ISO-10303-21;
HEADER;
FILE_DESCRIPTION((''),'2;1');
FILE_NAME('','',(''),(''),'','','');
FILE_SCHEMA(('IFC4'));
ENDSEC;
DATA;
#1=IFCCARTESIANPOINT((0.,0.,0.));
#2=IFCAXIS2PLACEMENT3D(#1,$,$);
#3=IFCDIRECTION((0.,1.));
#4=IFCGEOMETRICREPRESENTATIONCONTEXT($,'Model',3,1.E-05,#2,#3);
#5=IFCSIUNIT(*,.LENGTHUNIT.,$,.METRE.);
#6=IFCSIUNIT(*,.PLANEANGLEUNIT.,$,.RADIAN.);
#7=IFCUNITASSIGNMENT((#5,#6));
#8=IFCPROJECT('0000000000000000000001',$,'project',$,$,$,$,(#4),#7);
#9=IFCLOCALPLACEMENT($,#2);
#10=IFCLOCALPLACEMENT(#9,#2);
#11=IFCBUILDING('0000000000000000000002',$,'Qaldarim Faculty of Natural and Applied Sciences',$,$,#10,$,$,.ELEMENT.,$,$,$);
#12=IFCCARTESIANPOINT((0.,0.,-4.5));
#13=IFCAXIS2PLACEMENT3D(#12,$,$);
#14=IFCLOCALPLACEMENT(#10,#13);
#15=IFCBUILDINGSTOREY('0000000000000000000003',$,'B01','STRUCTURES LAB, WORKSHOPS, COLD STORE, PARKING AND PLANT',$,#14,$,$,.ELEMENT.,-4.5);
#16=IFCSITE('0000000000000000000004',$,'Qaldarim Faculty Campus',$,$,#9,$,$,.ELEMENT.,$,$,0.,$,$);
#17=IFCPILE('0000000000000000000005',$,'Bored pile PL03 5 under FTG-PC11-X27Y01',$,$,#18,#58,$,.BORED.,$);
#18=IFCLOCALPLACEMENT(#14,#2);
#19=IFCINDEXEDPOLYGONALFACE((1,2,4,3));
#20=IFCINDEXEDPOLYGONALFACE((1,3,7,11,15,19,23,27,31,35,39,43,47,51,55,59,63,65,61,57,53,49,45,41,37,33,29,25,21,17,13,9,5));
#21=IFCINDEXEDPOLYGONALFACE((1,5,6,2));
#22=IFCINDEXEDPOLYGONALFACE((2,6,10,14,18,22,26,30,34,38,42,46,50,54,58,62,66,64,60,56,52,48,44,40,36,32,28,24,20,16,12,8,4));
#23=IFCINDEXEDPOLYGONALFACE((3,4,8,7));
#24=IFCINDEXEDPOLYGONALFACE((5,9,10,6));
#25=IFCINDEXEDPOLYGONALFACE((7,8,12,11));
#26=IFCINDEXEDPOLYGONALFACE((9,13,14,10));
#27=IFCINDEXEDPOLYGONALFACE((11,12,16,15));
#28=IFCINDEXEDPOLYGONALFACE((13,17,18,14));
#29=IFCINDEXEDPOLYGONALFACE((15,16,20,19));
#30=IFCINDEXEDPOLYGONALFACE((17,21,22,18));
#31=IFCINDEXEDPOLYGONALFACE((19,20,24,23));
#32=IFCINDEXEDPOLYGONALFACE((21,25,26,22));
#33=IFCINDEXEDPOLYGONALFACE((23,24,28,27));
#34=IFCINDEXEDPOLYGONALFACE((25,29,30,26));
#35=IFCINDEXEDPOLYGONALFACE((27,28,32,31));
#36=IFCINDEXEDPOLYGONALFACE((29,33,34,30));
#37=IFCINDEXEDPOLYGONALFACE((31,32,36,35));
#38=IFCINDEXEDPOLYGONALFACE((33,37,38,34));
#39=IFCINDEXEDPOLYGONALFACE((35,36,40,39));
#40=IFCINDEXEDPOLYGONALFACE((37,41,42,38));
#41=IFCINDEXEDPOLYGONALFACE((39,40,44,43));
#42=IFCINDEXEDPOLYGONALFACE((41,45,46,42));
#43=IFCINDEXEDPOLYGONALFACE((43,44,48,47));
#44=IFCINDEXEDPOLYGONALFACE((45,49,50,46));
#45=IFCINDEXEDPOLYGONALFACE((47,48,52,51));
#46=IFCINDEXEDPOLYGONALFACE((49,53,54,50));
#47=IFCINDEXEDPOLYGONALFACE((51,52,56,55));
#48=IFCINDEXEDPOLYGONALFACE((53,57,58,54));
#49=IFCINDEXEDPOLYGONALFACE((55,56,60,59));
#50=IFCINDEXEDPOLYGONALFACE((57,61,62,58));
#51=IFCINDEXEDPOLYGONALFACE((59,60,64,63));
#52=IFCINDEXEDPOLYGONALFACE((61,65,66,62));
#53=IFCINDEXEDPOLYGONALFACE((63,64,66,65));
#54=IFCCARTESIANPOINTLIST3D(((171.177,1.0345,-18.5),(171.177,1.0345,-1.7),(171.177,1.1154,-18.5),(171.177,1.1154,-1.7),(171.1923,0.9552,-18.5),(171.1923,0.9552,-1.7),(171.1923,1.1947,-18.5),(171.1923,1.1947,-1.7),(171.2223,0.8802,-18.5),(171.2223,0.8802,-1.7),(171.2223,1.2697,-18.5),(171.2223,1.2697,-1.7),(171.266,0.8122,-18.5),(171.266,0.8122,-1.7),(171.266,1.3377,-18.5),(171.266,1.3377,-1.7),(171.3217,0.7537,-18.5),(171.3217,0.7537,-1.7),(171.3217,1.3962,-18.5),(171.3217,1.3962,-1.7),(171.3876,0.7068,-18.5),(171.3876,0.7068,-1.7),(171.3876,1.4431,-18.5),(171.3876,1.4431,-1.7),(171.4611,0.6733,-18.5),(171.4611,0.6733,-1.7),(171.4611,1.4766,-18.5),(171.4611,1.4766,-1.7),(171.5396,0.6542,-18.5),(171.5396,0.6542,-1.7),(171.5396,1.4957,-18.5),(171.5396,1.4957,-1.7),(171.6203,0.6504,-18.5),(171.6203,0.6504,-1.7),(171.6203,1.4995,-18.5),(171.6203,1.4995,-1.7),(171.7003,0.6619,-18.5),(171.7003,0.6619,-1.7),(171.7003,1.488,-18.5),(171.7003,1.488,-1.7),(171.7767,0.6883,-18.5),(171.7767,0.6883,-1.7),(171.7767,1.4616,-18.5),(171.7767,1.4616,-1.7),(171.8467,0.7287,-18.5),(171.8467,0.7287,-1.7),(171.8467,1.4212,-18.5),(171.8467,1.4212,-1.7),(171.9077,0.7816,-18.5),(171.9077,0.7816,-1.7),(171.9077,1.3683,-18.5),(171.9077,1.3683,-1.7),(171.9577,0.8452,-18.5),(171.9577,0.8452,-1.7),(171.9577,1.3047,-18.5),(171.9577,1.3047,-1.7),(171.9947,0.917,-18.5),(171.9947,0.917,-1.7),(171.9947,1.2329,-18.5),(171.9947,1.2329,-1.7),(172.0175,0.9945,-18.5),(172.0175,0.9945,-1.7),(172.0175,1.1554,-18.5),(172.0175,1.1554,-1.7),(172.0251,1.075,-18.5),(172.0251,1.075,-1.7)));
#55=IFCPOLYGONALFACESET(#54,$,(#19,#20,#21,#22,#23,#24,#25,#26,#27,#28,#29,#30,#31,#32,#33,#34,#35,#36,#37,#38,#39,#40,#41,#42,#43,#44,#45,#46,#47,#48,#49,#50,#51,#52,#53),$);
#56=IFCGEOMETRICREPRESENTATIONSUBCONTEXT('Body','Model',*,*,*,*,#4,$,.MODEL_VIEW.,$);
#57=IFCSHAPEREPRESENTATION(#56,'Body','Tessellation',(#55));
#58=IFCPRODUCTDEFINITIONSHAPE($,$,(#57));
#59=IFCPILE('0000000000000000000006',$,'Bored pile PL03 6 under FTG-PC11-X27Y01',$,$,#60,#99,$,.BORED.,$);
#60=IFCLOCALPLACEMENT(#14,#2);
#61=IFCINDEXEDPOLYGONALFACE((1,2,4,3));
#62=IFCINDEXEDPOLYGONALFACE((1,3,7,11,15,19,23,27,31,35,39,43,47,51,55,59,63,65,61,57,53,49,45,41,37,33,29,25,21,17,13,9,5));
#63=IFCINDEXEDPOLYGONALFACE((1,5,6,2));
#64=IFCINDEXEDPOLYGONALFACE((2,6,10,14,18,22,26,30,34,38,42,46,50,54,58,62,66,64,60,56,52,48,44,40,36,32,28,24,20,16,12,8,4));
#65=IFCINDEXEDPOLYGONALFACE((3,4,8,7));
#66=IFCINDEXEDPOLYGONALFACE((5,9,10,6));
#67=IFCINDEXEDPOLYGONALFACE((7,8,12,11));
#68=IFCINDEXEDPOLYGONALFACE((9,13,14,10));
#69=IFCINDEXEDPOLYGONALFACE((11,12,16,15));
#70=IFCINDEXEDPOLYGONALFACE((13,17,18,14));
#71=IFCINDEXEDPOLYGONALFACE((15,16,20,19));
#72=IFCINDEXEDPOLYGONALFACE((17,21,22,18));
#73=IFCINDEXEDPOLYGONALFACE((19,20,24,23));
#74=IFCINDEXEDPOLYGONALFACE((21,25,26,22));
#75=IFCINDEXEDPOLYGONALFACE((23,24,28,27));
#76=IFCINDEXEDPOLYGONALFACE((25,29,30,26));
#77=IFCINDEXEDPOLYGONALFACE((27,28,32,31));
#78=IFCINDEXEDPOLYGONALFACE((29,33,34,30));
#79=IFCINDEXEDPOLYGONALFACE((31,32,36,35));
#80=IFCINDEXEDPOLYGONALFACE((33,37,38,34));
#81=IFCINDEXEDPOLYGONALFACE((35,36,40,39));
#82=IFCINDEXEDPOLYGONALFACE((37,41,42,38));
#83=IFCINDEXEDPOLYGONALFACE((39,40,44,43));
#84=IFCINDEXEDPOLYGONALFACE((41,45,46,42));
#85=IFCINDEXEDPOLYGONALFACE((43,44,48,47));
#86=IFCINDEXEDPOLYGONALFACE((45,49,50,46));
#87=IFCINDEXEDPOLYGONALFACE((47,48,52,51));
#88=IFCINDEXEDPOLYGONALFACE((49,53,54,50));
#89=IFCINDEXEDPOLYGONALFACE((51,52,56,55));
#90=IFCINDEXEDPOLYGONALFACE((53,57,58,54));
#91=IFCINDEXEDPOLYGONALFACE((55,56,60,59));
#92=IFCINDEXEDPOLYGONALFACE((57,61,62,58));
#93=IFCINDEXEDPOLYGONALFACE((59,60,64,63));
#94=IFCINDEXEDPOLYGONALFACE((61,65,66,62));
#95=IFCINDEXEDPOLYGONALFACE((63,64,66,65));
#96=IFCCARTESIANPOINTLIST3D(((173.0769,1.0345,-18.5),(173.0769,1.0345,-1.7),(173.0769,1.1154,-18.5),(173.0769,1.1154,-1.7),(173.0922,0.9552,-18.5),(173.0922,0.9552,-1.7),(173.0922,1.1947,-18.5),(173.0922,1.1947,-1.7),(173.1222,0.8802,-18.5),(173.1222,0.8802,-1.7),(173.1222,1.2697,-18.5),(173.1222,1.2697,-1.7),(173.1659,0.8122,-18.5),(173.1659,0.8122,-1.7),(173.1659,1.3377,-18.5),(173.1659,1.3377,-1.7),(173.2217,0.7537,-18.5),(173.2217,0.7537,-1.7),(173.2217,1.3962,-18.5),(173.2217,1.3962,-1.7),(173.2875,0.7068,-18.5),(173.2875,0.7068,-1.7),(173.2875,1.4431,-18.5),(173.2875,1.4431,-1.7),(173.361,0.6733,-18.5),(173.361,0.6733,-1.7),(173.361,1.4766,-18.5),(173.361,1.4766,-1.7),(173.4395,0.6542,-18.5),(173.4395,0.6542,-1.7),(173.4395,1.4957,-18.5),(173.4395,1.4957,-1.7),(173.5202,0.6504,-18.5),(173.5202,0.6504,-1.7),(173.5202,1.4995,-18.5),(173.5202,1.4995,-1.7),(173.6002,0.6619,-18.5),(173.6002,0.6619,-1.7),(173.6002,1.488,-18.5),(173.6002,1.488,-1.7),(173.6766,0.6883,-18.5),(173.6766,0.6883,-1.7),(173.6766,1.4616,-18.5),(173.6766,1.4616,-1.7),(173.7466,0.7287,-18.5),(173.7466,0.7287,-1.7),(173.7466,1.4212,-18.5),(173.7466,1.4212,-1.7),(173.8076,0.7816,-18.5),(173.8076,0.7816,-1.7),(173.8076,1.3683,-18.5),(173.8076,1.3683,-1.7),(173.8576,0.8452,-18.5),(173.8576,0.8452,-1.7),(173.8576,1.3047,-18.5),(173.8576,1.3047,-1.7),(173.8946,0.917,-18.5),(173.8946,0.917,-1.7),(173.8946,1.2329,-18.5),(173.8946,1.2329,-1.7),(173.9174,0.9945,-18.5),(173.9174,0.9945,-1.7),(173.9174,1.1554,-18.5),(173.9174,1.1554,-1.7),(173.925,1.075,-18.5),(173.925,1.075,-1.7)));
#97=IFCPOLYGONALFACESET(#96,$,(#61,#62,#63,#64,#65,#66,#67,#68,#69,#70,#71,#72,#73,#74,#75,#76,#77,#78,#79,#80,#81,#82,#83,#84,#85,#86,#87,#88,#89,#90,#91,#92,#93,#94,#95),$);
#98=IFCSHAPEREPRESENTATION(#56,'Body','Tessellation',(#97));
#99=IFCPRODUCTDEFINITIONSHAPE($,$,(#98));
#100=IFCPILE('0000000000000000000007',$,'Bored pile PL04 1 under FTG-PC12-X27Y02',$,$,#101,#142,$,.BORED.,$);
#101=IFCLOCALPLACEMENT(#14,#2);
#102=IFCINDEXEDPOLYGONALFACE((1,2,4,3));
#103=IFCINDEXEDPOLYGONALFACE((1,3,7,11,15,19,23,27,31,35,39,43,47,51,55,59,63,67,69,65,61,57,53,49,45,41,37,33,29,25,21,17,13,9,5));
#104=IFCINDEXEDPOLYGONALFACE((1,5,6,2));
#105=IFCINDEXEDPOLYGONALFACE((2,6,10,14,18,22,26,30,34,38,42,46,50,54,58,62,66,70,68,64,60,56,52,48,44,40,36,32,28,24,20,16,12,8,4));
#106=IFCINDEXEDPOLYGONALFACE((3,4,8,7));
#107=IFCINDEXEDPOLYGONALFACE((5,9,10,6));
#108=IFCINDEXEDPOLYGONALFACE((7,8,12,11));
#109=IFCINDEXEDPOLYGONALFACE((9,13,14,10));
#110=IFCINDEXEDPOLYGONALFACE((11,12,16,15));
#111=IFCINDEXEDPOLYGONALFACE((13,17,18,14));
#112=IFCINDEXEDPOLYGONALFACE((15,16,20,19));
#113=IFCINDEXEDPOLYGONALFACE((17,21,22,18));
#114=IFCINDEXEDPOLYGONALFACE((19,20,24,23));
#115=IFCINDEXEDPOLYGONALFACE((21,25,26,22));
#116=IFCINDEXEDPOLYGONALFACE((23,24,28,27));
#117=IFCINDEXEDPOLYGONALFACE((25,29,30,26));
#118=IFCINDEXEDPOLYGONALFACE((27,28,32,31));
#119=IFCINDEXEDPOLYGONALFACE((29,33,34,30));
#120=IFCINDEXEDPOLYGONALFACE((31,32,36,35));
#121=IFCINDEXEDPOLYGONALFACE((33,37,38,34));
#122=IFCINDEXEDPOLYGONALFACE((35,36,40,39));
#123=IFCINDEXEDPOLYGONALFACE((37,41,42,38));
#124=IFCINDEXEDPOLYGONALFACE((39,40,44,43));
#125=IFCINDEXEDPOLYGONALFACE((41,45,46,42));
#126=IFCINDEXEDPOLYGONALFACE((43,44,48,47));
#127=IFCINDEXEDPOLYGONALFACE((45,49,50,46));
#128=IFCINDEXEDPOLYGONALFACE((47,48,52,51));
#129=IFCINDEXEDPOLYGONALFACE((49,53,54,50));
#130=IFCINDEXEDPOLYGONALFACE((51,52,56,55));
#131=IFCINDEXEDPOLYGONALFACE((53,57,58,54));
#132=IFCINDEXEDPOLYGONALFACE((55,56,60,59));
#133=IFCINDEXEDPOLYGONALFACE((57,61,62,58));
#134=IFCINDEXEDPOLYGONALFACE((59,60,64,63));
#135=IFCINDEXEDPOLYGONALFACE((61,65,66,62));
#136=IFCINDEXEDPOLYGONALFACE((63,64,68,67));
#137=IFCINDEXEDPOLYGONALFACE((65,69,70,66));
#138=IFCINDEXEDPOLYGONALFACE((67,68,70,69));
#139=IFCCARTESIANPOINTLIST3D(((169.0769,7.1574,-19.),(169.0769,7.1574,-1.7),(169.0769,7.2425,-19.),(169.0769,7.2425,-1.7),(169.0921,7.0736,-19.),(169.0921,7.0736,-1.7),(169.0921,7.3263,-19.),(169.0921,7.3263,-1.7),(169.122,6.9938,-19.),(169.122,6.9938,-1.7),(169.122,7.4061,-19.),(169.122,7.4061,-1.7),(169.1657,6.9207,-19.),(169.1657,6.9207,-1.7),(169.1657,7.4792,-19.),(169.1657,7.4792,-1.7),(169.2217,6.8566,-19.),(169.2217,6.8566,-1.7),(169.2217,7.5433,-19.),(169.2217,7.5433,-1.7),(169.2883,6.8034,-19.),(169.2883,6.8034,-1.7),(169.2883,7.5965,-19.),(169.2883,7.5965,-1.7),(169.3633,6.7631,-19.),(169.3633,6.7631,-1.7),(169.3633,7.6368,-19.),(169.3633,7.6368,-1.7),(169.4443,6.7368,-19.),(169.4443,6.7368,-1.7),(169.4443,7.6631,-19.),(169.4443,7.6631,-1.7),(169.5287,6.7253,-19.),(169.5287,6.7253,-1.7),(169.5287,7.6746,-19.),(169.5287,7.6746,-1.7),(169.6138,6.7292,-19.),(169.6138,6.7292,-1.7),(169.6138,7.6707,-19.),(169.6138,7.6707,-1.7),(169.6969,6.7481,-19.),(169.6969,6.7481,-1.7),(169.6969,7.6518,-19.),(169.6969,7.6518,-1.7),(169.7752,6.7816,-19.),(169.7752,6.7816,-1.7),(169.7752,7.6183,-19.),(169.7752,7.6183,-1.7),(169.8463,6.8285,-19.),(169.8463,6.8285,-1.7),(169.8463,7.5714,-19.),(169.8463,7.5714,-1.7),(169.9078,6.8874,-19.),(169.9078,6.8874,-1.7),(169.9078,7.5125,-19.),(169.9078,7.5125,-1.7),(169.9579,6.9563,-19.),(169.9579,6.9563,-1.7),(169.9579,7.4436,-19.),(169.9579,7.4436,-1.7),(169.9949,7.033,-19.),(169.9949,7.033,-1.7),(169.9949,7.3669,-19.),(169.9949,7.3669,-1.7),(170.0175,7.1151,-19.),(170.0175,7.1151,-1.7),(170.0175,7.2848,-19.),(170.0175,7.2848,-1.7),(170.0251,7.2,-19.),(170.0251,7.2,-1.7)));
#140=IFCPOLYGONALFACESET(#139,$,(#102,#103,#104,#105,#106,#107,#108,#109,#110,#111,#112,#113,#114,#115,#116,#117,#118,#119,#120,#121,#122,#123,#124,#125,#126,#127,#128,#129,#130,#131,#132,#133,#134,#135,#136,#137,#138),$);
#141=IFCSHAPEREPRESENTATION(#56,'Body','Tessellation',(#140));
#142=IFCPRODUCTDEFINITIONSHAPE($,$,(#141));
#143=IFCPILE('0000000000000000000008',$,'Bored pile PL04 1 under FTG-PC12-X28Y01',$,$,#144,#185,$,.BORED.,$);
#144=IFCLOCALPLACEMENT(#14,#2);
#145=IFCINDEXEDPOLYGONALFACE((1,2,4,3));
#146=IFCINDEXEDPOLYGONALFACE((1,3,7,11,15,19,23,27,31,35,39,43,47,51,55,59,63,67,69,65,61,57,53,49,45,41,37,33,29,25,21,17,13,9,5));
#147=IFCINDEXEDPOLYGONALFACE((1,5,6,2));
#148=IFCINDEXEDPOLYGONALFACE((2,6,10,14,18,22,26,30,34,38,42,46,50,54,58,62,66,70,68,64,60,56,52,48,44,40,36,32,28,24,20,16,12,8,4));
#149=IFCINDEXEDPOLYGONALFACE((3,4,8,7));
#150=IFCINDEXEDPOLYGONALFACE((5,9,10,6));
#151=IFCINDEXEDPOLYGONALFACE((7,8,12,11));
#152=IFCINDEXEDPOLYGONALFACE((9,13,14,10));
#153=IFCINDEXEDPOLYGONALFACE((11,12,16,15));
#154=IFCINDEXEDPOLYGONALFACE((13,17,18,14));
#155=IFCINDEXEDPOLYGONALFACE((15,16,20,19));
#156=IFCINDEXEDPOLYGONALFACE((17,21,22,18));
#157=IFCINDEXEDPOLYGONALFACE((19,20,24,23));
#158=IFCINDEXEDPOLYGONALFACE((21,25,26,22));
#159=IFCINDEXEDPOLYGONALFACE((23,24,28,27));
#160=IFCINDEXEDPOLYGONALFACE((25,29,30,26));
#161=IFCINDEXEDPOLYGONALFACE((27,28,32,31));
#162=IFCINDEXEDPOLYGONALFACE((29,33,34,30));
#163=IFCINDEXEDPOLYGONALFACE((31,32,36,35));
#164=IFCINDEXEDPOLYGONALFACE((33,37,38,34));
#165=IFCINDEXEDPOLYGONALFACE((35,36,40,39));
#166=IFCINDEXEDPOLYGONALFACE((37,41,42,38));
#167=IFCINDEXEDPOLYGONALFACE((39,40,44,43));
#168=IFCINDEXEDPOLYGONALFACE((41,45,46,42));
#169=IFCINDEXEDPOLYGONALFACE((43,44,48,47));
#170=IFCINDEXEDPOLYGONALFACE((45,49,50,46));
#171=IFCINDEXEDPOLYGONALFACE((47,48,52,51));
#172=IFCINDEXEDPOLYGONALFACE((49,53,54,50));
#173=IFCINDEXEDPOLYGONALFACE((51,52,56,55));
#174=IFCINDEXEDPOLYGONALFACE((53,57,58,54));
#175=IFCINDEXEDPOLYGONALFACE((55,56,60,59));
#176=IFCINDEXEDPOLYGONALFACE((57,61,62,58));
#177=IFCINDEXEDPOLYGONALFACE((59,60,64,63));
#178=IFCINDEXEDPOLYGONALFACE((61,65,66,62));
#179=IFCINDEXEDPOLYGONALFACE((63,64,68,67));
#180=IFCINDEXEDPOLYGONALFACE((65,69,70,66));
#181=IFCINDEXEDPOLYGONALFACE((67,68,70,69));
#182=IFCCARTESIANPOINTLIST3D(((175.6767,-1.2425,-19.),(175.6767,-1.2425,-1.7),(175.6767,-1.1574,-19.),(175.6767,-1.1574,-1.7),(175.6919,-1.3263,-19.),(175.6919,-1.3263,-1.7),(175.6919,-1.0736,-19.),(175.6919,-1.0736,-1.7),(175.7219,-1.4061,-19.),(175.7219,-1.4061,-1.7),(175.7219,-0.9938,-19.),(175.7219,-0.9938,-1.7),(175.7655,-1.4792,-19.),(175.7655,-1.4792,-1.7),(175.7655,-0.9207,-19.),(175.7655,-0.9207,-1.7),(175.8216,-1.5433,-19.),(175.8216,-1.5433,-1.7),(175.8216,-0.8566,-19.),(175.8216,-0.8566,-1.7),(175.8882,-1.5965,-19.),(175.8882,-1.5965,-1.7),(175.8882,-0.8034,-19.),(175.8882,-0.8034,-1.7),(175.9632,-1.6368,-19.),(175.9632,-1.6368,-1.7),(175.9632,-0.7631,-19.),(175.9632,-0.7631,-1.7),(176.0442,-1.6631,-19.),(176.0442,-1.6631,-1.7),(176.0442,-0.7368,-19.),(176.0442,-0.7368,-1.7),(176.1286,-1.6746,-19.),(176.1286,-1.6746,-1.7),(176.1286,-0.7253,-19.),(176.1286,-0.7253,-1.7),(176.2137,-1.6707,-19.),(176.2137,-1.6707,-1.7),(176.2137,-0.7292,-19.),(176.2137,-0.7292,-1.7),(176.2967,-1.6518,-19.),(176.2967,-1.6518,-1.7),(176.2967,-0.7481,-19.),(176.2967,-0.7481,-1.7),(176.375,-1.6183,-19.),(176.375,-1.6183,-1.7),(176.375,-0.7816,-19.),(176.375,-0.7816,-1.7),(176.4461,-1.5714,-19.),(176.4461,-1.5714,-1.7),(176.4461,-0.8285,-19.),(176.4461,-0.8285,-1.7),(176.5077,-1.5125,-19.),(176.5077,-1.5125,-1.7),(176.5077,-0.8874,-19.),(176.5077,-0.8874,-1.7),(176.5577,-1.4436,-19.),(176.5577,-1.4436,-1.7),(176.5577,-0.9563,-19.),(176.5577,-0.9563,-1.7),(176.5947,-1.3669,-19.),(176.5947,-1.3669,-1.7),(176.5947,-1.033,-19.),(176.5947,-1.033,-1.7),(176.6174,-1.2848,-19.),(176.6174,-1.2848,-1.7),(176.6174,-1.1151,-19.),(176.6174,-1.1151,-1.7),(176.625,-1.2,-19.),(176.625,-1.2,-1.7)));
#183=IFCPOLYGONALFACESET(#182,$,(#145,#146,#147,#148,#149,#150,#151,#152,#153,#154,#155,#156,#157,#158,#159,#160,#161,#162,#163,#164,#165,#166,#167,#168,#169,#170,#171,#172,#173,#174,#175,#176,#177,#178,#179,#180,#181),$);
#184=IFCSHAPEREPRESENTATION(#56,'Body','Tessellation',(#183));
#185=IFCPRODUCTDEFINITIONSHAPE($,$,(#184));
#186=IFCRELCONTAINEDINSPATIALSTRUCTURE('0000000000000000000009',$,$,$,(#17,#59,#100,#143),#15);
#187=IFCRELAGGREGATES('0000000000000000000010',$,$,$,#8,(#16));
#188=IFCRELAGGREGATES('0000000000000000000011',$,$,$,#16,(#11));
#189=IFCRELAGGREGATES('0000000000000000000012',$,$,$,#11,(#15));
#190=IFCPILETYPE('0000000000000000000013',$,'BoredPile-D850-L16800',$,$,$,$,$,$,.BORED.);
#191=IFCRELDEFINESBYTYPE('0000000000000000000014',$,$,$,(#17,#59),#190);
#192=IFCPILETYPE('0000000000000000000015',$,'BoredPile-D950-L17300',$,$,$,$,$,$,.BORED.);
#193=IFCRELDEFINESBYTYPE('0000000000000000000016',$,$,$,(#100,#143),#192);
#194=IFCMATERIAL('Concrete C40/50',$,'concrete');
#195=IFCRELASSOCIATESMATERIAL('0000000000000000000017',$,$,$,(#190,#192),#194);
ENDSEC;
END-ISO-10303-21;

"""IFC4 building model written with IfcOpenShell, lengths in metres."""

from ifc_helpers import new_model, si_unit, direction, frame, origin, origin_2d, place, context, subcontext, project, spatial, circle, extrude, material, material_profile, profile_set, type_object, element, save


model = new_model("IFC4")

# Units and contexts
model_context = context("Model", 3, precision=1e-05, world=origin(), true_north=direction((0.0, 1.0)))
body_context = subcontext(model_context, "Body", "Model", "MODEL_VIEW")
ifc_project = project(units=[si_unit("LENGTHUNIT", "METRE"), si_unit("PLANEANGLEUNIT", "RADIAN")], contexts=[model_context])

# Site, building, storey
site_placement = place(None, origin())
site = spatial("IfcSite", under=ifc_project, at=site_placement, Name="Qaldarim Faculty Campus", CompositionType="ELEMENT", RefElevation=0.0)
building_placement = place(site_placement, origin())
building = spatial("IfcBuilding", under=site, at=building_placement, Name="Qaldarim Faculty of Natural and Applied Sciences", CompositionType="ELEMENT")
storey_placement = place(building_placement, frame((0.0, 0.0, -4.5)))
storey = spatial("IfcBuildingStorey", under=building, at=storey_placement, Name="B01", Description="STRUCTURES LAB, WORKSHOPS, COLD STORE, PARKING AND PLANT", CompositionType="ELEMENT", Elevation=-4.5)

# Piles
ifc_material_1 = material(Name="Concrete C40/50", Category="concrete")
ifc_material_profile_1 = material_profile(ifc_material_1, circle(Radius=0.425, at=origin_2d()), Name="PILE-D850")
ifc_profile_set_1 = profile_set([ifc_material_profile_1], Name="Concrete C40/50")
pile_type_1 = type_object("IfcPileType", Name="BoredPile-D850-L16800", PredefinedType="BORED", material=ifc_profile_set_1)
for number, where, z_axis, x_axis, name in (
    (1, (171.6001, 1.075, -1.7), (0.0, 0.0, -1.0), (1.0, 0.0, 0.0), "Bored pile PL03 5 under FTG-PC11-X27Y01"),
    (2, (173.5, 1.075, -1.7), (0.0, 0.0, -1.0), (1.0, 0.0, 0.0), "Bored pile PL03 6 under FTG-PC11-X27Y01"),
):
    element("IfcPile", number, at=place(storey_placement, frame(where, z_axis=z_axis, x_axis=x_axis)), inside=storey, type_object=pile_type_1, Name=name, PredefinedType="BORED", context=body_context, shape_type="SweptSolid", body=[
        extrude(circle(Radius=0.425, at=origin_2d()), origin(), (0.0, 0.0, 1.0), 16.8),
    ])
ifc_material_profile_2 = material_profile(ifc_material_1, circle(Radius=0.4751, at=origin_2d()), Name="PILE-D950")
ifc_profile_set_2 = profile_set([ifc_material_profile_2], Name="Concrete C40/50")
pile_type_2 = type_object("IfcPileType", Name="BoredPile-D950-L17300", PredefinedType="BORED", material=ifc_profile_set_2)
for number, where, z_axis, x_axis, name in (
    (3, (169.55, 7.2, -1.7), (0.0, 0.0, -1.0), (1.0, 0.0, 0.0), "Bored pile PL04 1 under FTG-PC12-X27Y02"),
    (4, (176.1499, -1.2, -1.7), (0.0, 0.0, -1.0), (1.0, 0.0, 0.0), "Bored pile PL04 1 under FTG-PC12-X28Y01"),
):
    element("IfcPile", number, at=place(storey_placement, frame(where, z_axis=z_axis, x_axis=x_axis)), inside=storey, type_object=pile_type_2, Name=name, PredefinedType="BORED", context=body_context, shape_type="SweptSolid", body=[
        extrude(circle(Radius=0.4751, at=origin_2d()), origin(), (0.0, 0.0, 1.0), 17.3),
    ])

save(model, "model.ifc")
